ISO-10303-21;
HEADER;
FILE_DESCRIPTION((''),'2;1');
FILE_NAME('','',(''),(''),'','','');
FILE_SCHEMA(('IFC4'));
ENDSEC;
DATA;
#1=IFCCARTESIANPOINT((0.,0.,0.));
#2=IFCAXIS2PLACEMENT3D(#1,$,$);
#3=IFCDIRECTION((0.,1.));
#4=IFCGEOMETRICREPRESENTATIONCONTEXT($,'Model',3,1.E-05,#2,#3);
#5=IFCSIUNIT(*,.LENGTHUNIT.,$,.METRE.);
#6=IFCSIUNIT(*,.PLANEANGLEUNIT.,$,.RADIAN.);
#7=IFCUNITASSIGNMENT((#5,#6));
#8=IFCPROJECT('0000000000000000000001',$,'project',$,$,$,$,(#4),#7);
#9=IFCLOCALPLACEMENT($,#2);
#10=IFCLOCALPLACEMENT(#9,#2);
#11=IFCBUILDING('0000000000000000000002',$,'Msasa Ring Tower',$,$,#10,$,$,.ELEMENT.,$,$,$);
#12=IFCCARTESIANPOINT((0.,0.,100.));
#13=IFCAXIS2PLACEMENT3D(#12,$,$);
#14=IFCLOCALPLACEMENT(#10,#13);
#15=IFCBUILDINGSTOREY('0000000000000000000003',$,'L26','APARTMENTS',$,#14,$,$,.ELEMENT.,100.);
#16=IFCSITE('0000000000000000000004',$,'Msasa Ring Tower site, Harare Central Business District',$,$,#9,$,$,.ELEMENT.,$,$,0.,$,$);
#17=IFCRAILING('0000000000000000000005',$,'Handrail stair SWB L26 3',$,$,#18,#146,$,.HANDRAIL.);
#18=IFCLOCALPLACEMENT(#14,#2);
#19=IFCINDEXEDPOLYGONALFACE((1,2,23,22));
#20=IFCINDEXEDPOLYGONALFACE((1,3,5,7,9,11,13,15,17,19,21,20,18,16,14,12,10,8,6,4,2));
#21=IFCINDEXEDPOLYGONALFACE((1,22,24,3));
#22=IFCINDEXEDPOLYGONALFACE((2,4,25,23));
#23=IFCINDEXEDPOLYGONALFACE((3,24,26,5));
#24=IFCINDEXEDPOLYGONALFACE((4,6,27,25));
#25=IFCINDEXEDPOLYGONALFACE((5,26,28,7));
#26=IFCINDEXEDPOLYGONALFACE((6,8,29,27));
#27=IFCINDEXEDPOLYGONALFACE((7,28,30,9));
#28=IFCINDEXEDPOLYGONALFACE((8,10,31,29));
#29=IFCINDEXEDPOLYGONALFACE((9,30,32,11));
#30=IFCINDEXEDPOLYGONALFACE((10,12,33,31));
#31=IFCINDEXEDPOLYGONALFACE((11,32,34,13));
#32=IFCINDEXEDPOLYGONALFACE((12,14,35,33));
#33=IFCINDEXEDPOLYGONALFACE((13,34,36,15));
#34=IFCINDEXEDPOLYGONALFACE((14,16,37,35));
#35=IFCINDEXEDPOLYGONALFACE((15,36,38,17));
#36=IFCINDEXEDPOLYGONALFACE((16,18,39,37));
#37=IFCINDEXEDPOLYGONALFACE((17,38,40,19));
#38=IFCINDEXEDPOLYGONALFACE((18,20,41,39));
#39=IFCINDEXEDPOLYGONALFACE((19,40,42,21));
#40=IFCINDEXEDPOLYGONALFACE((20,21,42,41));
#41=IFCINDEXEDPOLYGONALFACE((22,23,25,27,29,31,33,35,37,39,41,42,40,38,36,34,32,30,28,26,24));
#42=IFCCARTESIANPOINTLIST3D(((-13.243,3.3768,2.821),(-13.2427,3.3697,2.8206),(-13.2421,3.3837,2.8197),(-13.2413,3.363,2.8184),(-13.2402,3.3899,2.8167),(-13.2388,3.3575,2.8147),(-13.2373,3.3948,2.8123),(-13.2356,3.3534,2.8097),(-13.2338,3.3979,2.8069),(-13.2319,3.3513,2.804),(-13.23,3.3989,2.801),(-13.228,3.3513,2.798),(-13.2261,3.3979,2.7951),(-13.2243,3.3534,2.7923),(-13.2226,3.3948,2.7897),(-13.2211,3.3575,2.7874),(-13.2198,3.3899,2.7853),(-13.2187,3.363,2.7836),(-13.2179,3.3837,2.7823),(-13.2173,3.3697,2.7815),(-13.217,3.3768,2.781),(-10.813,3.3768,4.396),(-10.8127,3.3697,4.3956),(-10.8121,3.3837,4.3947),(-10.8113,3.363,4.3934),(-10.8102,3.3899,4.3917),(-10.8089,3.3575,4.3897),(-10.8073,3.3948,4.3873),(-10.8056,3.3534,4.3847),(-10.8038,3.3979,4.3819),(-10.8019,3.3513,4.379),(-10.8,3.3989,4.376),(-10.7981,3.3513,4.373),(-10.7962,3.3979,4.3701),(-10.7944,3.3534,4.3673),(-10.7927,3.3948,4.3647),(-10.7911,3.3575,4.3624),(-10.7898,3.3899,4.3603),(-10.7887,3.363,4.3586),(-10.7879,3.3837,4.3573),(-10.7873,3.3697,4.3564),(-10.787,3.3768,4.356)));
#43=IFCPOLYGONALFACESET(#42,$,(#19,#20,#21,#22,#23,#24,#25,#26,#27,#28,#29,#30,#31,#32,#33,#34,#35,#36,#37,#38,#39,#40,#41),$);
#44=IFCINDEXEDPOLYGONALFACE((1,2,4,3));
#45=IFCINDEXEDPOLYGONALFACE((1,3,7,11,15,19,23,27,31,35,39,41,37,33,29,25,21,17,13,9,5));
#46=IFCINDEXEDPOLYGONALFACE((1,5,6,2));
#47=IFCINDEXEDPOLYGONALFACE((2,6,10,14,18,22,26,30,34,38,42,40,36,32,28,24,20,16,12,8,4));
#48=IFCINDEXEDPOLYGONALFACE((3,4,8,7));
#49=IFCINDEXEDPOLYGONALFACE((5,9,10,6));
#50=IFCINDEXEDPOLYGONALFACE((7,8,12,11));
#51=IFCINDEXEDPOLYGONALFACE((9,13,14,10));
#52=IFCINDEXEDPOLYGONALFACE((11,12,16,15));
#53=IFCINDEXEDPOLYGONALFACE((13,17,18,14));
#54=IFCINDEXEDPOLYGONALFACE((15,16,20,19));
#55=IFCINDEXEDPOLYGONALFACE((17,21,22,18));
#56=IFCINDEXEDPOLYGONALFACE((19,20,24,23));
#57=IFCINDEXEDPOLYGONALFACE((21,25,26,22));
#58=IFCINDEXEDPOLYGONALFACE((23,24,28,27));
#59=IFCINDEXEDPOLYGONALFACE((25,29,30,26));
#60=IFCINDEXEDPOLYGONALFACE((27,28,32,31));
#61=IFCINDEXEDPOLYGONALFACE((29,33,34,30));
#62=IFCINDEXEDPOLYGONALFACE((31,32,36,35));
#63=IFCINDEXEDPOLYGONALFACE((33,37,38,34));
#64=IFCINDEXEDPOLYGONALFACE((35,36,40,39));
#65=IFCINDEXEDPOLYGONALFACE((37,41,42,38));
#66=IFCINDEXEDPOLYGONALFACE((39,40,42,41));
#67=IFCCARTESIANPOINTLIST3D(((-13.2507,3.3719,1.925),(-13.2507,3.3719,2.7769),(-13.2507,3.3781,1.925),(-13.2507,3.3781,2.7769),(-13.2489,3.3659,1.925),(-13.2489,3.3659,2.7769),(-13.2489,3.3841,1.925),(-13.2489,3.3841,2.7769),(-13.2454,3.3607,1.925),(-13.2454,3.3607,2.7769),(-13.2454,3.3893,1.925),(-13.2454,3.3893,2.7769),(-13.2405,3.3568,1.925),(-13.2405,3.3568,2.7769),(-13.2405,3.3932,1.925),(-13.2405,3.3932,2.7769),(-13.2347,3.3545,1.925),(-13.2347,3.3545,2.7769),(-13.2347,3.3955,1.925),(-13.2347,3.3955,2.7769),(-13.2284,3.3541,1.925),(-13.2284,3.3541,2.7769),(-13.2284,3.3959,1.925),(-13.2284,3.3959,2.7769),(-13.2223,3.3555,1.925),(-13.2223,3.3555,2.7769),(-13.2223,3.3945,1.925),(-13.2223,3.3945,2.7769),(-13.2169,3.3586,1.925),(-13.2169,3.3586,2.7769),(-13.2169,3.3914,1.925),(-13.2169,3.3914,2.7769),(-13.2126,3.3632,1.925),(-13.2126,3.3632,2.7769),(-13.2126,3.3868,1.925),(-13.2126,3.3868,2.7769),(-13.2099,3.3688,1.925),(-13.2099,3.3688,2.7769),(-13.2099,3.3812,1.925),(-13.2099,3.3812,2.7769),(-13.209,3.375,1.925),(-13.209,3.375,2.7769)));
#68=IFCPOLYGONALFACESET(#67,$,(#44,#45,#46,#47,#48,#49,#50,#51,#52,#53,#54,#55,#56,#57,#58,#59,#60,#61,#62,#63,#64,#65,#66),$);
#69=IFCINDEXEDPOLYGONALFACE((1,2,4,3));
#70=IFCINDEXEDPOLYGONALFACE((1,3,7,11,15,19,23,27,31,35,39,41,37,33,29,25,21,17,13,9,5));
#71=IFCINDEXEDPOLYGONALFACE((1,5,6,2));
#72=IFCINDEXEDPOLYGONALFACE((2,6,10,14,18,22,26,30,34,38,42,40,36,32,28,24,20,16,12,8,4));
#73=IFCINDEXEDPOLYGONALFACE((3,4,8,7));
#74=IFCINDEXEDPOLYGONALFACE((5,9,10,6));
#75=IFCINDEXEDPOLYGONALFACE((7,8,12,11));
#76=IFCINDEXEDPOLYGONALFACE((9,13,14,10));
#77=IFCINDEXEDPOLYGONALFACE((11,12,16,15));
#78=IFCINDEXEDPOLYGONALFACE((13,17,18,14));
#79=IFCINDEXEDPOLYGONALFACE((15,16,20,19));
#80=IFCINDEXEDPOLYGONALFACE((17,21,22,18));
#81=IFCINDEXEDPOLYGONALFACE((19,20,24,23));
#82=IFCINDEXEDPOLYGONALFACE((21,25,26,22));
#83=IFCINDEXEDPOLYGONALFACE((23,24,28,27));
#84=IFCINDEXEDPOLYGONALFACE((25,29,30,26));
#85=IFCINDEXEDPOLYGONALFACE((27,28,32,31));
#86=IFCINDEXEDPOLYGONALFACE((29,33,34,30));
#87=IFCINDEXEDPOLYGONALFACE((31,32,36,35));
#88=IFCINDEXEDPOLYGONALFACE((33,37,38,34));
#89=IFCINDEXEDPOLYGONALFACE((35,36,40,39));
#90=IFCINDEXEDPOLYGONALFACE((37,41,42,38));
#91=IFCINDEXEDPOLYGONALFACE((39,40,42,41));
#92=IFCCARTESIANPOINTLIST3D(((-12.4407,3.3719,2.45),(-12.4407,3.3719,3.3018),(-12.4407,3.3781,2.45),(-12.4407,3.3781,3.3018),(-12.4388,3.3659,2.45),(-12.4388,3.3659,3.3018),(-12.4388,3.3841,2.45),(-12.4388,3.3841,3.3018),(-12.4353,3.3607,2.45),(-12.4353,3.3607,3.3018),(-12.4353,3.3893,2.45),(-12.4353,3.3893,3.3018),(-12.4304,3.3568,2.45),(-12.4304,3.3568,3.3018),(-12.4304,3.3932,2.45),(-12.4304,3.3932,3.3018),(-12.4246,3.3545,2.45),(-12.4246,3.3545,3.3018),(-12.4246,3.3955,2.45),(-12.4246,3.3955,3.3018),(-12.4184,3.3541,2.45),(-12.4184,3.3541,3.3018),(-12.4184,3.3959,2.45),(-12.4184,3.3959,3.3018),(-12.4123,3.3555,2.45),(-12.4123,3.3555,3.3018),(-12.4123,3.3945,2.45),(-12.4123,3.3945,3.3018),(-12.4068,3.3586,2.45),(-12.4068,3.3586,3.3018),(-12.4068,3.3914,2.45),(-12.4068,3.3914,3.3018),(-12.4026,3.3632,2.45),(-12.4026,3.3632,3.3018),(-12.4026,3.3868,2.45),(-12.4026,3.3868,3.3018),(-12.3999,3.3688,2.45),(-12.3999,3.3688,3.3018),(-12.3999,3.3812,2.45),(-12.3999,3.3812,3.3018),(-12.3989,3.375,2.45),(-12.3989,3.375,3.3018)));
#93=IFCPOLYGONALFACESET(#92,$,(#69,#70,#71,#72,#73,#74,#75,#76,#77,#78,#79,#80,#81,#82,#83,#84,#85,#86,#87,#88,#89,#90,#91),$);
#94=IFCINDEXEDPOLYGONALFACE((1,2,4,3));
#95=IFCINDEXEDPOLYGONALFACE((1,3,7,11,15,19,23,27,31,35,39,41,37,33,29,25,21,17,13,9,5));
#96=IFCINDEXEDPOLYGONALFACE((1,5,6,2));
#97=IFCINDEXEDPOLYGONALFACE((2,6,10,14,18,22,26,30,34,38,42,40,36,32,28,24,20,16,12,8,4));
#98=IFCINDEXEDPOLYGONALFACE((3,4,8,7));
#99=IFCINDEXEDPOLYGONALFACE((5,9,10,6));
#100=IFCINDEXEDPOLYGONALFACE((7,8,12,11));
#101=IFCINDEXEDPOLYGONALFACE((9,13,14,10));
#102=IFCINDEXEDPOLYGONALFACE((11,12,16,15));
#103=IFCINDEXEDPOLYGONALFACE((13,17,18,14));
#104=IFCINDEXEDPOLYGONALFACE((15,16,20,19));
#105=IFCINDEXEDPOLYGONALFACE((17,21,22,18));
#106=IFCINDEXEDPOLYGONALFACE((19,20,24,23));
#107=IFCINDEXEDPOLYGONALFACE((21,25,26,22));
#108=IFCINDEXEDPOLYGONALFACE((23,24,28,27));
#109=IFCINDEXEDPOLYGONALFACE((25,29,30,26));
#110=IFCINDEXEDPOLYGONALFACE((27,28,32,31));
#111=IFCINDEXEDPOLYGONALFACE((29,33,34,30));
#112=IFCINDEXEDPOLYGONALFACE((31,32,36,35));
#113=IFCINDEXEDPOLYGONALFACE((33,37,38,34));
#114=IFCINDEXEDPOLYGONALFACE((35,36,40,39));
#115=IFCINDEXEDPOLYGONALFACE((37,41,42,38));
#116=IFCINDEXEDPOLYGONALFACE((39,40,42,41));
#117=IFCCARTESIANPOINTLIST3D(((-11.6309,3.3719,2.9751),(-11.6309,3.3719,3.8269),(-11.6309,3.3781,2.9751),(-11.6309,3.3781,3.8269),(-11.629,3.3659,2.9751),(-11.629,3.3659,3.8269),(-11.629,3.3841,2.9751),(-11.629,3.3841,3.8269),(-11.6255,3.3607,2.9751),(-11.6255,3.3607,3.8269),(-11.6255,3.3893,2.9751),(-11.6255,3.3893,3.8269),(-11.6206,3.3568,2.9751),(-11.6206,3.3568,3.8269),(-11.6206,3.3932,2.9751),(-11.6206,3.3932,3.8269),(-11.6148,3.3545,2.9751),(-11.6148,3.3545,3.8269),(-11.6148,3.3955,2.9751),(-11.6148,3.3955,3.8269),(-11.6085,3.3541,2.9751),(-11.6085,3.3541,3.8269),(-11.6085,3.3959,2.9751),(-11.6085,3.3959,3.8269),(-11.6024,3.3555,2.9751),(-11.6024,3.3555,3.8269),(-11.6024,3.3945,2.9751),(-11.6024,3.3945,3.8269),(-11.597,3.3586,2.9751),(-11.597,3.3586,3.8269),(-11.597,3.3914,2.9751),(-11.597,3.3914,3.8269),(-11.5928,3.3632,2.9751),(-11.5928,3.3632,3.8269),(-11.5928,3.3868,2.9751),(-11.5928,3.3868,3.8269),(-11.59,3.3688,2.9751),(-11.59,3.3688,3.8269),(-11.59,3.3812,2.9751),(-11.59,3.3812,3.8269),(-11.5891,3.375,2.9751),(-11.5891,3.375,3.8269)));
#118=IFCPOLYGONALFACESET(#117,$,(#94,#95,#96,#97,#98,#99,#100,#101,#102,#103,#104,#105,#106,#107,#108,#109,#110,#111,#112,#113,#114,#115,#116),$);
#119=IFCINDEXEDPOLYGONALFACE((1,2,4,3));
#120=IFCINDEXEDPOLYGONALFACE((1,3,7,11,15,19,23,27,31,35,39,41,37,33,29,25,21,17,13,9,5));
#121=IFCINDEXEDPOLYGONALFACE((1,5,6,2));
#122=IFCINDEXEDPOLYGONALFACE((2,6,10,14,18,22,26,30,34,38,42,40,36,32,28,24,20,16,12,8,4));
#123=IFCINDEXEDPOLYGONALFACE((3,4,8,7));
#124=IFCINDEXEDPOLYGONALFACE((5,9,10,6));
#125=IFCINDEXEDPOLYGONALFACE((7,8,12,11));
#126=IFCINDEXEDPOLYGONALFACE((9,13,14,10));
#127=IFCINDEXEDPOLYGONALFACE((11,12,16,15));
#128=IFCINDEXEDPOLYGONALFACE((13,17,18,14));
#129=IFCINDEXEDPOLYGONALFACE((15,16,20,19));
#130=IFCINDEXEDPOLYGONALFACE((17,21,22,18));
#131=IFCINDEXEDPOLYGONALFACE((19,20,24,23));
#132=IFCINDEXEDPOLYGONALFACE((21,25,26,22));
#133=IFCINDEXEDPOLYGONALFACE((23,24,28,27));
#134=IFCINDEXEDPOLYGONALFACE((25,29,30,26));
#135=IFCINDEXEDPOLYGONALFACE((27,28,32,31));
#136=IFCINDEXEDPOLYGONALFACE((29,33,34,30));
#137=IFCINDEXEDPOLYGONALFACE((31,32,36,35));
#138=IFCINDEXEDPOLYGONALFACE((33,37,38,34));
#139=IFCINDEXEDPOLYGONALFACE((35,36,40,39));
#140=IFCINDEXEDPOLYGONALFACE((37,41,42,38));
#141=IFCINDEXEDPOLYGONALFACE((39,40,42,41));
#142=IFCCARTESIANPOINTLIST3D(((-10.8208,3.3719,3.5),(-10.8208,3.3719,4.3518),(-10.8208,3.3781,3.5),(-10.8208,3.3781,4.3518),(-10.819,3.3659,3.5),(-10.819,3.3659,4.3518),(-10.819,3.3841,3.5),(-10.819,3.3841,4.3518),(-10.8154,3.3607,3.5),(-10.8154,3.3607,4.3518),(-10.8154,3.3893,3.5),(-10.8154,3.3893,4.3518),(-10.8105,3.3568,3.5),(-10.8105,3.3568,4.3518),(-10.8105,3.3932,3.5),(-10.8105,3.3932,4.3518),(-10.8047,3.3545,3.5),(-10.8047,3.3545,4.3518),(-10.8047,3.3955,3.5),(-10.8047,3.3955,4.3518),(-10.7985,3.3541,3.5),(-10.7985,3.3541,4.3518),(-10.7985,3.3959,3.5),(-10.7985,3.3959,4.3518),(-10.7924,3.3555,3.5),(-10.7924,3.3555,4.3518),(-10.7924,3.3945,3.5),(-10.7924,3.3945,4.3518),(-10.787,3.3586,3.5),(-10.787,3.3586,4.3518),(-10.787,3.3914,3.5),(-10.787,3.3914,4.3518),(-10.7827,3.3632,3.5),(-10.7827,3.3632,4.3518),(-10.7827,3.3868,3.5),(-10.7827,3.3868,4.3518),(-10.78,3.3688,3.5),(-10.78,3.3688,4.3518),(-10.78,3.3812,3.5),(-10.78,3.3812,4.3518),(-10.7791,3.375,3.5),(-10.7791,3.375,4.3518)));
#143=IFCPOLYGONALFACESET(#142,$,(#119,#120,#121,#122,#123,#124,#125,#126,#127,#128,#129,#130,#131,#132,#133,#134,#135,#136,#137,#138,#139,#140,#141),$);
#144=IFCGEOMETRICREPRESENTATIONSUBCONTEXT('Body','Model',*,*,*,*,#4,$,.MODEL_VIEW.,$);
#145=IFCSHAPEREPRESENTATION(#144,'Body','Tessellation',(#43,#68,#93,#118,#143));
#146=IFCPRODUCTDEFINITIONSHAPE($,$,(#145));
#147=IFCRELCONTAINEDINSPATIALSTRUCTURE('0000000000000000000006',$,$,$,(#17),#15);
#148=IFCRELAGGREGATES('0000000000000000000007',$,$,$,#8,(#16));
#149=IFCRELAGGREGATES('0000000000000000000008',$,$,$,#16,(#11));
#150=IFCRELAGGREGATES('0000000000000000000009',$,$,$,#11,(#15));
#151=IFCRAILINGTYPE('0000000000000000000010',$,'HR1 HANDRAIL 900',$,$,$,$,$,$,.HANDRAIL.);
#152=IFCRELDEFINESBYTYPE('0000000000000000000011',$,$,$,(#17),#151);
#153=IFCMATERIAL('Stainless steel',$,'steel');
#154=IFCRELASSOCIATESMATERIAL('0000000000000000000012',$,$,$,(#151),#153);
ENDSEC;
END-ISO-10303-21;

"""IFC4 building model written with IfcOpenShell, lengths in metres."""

from ifc_helpers import new_model, si_unit, direction, frame, origin, origin_2d, place, context, subcontext, project, spatial, circle, extrude, material, type_object, element, save


model = new_model("IFC4")

# Units and contexts
model_context = context("Model", 3, precision=1e-05, world=origin(), true_north=direction((0.0, 1.0)))
body_context = subcontext(model_context, "Body", "Model", "MODEL_VIEW")
ifc_project = project(units=[si_unit("LENGTHUNIT", "METRE"), si_unit("PLANEANGLEUNIT", "RADIAN")], contexts=[model_context])

# Site, building, storey
site_placement = place(None, origin())
site = spatial("IfcSite", under=ifc_project, at=site_placement, Name="Msasa Ring Tower site, Harare Central Business District", CompositionType="ELEMENT", RefElevation=0.0)
building_placement = place(site_placement, origin())
building = spatial("IfcBuilding", under=site, at=building_placement, Name="Msasa Ring Tower", CompositionType="ELEMENT")
storey_placement = place(building_placement, frame((0.0, 0.0, 100.0)))
storey = spatial("IfcBuildingStorey", under=building, at=storey_placement, Name="L26", Description="APARTMENTS", CompositionType="ELEMENT", Elevation=100.0)

# Railing
ifc_material_1 = material(Name="Stainless steel", Category="steel")
railing_type = type_object("IfcRailingType", Name="HR1 HANDRAIL 900", PredefinedType="HANDRAIL", material=ifc_material_1)
for number, where, name in (
    (1, (-13.23, 3.375, 1.925), "Handrail stair SWB L26 3"),
):
    element("IfcRailing", number, at=place(storey_placement, frame(where)), inside=storey, type_object=railing_type, Name=name, PredefinedType="HANDRAIL", context=body_context, shape_type="SweptSolid", body=[
        extrude(circle(Radius=0.0239, at=origin_2d()), frame((0.0, 0.0, 0.876), z_axis=(0.839154, 0.0, 0.543894), x_axis=(0.0, 1.0, 0.0)), (0.0, 0.0, 1.0), 2.8958),
        extrude(circle(Radius=0.021, at=origin_2d()), origin(), (0.0, 0.0, 1.0), 0.8518),
        extrude(circle(Radius=0.021, at=origin_2d()), frame((0.8101, 0.0, 0.5249)), (0.0, 0.0, 1.0), 0.8518),
        extrude(circle(Radius=0.021, at=origin_2d()), frame((1.6199, 0.0, 1.05)), (0.0, 0.0, 1.0), 0.8518),
        extrude(circle(Radius=0.021, at=origin_2d()), frame((2.4299, 0.0, 1.575)), (0.0, 0.0, 1.0), 0.8518),
    ])

save(model, "model.ifc")
